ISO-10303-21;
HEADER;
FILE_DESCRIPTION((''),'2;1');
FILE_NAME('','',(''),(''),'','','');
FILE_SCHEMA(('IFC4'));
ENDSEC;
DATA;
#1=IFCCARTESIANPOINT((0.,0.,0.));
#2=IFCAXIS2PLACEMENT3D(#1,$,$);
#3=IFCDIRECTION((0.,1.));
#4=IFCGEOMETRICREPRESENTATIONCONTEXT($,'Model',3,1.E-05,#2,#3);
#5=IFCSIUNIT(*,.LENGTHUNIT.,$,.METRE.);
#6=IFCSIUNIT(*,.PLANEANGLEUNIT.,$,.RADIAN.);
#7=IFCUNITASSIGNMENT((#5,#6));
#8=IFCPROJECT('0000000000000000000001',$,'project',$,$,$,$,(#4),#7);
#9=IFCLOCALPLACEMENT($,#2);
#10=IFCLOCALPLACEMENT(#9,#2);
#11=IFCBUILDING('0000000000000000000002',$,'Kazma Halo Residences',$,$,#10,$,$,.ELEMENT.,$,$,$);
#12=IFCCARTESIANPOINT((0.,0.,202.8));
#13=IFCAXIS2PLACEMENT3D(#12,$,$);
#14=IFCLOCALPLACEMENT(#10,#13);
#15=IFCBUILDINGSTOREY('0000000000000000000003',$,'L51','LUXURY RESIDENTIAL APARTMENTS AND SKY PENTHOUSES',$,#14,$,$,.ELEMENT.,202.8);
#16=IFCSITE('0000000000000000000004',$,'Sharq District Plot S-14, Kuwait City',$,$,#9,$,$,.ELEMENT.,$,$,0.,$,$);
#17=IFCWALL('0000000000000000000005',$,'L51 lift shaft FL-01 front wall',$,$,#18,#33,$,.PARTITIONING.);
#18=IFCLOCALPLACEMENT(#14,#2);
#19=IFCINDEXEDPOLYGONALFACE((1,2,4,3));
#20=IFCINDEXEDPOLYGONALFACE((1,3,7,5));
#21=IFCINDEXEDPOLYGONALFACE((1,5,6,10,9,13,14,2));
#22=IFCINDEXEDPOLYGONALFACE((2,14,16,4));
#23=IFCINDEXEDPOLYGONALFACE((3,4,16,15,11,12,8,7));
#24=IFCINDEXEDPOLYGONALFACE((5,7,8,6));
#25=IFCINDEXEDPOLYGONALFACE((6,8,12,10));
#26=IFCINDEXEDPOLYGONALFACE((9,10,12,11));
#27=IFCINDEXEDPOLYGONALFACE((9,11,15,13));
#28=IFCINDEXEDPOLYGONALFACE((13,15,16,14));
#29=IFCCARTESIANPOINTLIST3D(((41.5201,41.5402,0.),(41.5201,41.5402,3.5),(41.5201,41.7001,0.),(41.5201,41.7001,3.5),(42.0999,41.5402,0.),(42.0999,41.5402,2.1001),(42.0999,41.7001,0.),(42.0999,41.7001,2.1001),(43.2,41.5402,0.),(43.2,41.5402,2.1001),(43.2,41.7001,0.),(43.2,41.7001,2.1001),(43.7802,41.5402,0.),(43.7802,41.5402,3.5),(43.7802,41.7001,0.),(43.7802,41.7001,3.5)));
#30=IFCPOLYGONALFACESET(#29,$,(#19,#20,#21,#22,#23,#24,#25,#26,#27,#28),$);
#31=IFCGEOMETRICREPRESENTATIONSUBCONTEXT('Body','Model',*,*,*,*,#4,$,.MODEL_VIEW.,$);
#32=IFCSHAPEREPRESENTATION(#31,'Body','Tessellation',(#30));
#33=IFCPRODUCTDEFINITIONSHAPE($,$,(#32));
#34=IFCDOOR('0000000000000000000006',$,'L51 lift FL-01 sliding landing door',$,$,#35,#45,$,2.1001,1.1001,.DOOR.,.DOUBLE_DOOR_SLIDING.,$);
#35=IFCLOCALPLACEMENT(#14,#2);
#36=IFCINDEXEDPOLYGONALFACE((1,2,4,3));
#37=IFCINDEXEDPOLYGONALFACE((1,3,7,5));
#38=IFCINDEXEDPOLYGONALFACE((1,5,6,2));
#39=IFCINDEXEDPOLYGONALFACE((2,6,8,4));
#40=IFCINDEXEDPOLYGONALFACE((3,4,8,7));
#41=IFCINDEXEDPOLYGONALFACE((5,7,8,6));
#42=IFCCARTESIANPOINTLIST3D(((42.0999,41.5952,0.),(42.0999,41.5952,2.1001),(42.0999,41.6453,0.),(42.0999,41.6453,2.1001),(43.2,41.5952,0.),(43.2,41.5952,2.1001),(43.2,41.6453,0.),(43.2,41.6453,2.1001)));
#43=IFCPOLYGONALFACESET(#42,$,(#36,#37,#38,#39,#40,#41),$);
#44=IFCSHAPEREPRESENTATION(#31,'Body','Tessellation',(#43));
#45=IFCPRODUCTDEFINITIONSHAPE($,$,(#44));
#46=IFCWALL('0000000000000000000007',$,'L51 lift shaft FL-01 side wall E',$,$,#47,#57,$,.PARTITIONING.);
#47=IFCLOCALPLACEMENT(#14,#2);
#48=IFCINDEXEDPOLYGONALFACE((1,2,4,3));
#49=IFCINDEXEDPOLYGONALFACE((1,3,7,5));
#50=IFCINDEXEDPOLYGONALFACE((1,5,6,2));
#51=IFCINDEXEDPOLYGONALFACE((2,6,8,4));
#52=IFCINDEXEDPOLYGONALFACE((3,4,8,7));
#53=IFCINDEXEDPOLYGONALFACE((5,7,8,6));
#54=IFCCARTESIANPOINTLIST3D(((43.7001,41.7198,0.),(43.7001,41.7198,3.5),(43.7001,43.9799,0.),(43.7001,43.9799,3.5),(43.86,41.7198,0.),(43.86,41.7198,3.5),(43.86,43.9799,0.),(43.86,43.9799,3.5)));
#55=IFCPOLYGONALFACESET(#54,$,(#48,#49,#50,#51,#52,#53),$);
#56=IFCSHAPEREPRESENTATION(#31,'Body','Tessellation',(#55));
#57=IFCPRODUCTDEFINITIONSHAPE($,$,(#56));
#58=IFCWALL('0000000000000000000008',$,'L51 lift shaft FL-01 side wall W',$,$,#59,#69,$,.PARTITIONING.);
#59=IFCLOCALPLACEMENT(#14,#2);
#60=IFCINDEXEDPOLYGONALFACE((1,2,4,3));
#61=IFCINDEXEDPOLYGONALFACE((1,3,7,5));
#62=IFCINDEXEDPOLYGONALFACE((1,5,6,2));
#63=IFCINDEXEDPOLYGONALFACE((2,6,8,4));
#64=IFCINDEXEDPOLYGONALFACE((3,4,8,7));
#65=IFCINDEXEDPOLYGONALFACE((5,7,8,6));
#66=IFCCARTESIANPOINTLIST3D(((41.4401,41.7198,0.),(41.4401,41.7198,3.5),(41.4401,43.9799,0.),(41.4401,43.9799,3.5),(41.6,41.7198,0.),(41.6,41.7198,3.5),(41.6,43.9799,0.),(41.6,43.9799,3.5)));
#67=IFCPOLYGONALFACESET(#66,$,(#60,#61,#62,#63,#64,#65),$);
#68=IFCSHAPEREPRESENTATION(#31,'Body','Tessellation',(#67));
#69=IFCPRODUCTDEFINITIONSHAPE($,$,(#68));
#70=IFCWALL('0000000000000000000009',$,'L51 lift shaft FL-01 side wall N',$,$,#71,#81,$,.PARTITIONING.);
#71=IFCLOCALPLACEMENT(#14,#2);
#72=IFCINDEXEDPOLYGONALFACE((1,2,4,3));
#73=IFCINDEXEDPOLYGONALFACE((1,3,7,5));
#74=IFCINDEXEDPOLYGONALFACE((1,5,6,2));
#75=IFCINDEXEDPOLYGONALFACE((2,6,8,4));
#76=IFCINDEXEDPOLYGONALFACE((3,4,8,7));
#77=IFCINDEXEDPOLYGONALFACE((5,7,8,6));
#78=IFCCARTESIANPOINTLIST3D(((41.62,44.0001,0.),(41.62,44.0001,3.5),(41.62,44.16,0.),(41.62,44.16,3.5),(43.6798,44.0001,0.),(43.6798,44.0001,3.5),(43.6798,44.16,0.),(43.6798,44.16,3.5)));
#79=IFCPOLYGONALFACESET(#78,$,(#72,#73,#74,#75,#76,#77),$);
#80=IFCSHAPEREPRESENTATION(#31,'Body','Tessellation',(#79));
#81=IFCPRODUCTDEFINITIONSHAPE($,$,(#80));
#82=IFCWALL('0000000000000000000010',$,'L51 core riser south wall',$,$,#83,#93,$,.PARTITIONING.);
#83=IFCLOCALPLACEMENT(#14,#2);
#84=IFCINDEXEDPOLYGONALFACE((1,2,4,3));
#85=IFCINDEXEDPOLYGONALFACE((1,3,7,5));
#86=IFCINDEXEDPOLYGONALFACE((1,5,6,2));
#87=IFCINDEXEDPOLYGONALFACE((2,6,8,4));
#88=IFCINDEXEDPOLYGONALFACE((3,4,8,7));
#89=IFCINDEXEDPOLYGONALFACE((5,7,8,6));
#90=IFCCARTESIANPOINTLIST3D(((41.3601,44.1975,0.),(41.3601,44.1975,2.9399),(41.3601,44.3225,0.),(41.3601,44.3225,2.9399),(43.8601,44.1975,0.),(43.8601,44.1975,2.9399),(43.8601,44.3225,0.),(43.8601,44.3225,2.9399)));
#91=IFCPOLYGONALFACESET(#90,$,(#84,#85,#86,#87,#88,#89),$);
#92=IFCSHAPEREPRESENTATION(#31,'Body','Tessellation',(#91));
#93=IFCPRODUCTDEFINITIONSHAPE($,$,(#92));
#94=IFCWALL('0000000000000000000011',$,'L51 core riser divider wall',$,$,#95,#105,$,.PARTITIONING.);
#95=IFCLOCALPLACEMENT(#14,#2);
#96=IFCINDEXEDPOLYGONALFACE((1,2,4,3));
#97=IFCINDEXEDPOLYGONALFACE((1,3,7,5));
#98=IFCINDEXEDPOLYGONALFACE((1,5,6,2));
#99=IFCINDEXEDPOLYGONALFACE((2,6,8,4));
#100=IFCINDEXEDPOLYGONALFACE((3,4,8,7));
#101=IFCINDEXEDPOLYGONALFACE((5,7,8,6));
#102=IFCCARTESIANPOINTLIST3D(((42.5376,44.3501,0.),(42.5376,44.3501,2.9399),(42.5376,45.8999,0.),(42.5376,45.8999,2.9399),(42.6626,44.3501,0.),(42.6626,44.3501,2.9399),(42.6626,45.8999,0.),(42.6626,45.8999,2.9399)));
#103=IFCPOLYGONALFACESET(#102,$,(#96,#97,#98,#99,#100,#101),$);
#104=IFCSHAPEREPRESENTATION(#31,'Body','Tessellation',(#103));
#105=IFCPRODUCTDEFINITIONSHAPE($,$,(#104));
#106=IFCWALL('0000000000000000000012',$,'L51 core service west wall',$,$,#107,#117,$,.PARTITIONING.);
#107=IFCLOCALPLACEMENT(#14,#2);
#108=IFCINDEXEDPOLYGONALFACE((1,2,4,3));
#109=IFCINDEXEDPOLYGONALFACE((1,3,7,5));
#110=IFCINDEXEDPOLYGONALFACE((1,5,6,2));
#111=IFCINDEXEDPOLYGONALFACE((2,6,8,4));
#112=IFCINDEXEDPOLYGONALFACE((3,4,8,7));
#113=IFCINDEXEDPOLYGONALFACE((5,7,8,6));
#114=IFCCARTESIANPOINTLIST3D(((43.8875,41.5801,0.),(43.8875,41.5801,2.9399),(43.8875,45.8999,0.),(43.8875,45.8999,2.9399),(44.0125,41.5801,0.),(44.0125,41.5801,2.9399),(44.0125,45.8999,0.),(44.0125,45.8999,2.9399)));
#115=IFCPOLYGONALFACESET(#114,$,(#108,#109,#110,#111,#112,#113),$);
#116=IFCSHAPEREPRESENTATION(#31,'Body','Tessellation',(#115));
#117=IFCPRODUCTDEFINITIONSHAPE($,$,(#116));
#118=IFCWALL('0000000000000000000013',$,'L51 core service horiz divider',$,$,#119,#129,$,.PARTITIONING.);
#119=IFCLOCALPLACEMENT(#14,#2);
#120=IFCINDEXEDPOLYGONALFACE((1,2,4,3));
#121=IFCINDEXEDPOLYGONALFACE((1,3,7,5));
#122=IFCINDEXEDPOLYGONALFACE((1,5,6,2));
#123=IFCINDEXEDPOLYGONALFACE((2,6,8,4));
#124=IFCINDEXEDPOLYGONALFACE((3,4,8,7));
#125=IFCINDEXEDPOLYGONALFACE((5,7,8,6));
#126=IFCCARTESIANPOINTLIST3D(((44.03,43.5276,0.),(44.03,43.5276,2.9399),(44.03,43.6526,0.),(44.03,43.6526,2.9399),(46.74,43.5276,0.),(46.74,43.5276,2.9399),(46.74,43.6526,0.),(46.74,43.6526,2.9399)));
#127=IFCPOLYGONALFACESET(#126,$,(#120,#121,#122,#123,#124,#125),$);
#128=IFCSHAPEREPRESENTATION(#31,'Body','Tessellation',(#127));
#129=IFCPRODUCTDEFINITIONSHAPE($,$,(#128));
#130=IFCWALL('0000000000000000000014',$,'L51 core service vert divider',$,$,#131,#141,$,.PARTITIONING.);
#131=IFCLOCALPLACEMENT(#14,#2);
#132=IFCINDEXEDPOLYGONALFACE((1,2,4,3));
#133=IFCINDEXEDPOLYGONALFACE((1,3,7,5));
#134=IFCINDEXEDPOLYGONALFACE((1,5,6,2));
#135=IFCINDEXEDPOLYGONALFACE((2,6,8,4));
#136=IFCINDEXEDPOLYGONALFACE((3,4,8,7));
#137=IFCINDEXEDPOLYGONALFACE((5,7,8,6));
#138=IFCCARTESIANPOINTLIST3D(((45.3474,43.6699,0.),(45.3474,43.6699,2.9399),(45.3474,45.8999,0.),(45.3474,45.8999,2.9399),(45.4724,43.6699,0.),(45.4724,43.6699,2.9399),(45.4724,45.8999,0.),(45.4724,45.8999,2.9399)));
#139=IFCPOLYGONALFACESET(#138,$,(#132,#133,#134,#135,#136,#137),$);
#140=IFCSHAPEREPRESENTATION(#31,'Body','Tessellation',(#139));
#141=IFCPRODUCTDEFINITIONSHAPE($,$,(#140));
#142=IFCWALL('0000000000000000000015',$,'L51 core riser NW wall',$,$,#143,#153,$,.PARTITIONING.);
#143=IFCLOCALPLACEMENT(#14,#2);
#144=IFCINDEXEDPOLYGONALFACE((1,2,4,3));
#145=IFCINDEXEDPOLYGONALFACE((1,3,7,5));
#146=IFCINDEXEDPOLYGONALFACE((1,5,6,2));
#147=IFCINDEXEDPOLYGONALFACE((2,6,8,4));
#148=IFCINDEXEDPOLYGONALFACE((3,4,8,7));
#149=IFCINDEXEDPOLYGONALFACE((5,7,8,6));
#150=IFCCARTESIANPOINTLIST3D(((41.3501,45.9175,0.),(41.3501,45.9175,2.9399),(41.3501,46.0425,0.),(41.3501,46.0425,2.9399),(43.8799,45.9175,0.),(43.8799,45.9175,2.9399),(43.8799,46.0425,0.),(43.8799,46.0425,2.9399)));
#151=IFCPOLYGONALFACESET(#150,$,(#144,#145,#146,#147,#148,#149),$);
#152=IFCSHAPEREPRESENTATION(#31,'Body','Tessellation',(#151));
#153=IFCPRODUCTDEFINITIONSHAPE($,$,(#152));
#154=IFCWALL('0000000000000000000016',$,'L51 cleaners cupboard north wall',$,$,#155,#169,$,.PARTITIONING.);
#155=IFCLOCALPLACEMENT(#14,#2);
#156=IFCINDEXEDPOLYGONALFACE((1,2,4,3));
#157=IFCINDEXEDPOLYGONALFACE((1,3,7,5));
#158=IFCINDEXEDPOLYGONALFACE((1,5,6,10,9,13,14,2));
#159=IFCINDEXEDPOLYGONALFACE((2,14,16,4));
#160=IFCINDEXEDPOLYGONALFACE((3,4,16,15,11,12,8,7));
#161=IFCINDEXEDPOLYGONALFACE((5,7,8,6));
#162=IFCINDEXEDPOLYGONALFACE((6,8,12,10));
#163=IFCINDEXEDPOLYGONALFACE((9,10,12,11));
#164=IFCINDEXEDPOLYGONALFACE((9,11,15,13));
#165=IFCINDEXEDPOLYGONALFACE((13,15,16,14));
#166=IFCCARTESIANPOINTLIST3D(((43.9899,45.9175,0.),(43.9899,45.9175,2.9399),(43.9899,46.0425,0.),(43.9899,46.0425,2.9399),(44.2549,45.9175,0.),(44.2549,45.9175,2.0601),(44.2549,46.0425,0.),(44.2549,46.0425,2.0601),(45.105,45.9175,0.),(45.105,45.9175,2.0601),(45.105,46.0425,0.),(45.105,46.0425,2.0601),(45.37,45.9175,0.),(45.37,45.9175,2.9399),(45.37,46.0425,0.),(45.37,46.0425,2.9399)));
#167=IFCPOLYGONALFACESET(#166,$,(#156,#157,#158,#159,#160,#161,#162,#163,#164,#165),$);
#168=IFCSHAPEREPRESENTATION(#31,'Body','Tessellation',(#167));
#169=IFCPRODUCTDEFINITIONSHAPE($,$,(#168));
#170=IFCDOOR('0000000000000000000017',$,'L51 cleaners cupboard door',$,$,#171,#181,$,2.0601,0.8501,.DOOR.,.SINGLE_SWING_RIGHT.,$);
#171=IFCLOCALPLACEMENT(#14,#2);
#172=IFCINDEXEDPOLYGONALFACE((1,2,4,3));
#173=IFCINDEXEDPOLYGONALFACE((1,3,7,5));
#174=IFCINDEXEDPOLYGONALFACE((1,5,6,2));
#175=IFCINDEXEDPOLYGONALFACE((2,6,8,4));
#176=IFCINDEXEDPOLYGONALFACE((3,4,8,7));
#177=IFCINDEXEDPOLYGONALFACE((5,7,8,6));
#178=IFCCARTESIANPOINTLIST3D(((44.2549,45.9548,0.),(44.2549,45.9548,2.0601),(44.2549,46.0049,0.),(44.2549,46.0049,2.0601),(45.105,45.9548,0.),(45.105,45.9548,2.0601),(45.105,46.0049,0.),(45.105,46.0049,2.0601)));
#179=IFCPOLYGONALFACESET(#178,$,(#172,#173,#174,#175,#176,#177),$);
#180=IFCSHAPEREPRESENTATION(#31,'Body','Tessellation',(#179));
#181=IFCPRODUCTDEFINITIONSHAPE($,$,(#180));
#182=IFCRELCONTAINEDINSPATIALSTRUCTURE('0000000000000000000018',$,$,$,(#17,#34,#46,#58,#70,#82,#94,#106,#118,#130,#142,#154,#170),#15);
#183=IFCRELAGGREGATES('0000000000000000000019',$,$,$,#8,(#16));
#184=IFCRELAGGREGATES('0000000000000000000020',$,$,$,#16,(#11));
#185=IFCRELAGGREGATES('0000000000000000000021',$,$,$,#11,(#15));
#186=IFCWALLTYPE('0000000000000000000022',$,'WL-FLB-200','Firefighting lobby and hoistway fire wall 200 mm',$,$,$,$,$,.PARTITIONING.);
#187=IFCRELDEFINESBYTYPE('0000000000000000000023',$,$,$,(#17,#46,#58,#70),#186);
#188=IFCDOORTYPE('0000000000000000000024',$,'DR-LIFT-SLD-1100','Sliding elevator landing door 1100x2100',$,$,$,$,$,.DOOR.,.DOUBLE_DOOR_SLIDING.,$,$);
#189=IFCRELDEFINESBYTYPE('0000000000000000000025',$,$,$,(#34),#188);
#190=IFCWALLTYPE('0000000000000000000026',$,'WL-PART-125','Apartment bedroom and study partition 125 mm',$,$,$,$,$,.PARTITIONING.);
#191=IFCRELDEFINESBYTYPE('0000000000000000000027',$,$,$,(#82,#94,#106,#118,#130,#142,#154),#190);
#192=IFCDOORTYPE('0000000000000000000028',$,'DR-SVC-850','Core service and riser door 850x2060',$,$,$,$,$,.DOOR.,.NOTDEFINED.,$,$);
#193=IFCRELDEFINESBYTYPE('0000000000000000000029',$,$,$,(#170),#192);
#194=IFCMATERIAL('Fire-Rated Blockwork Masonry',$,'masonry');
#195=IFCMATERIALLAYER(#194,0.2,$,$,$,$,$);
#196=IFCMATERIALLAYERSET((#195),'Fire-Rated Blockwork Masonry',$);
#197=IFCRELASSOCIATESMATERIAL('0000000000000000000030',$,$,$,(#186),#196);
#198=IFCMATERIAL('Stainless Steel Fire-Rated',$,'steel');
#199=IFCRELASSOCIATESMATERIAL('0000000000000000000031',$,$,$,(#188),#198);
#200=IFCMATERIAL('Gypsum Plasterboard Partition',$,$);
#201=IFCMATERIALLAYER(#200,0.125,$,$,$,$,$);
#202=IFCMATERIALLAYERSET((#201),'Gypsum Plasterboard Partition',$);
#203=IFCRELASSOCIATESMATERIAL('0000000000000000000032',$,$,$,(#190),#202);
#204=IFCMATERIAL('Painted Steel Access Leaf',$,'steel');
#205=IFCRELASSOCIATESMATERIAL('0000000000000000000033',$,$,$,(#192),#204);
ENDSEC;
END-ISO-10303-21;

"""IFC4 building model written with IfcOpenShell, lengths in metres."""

from ifc_helpers import new_model, si_unit, direction, frame, frame_2d, origin, place, context, subcontext, project, spatial, rectangle, extrude, material, layer, layer_set, type_object, element, fill, save


model = new_model("IFC4")

# Units and contexts
model_context = context("Model", 3, precision=1e-05, world=origin(), true_north=direction((0.0, 1.0)))
body_context = subcontext(model_context, "Body", "Model", "MODEL_VIEW")
ifc_project = project(units=[si_unit("LENGTHUNIT", "METRE"), si_unit("PLANEANGLEUNIT", "RADIAN")], contexts=[model_context])

# Site, building, storey
site_placement = place(None, origin())
site = spatial("IfcSite", under=ifc_project, at=site_placement, Name="Sharq District Plot S-14, Kuwait City", CompositionType="ELEMENT", RefElevation=0.0)
building_placement = place(site_placement, origin())
building = spatial("IfcBuilding", under=site, at=building_placement, Name="Kazma Halo Residences", CompositionType="ELEMENT")
storey_placement = place(building_placement, frame((0.0, 0.0, 202.8)))
storey = spatial("IfcBuildingStorey", under=building, at=storey_placement, Name="L51", Description="LUXURY RESIDENTIAL APARTMENTS AND SKY PENTHOUSES", CompositionType="ELEMENT", Elevation=202.8)

# Wall, opening, door
ifc_material_1 = material(Name="Fire-Rated Blockwork Masonry", Category="masonry")
ifc_layer_1 = layer(ifc_material_1, 0.2)
ifc_layer_set_1 = layer_set([ifc_layer_1], Name="Fire-Rated Blockwork Masonry")
wall_type_1 = type_object("IfcWallType", Name="WL-FLB-200", Description="Firefighting lobby and hoistway fire wall 200 mm", PredefinedType="PARTITIONING", material=ifc_layer_set_1)
ifc_material_2 = material(Name="Stainless Steel Fire-Rated", Category="steel")
door_type_1 = type_object("IfcDoorType", Name="DR-LIFT-SLD-1100", Description="Sliding elevator landing door 1100x2100", OperationType="DOUBLE_DOOR_SLIDING", PredefinedType="DOOR", material=ifc_material_2)
wall_1_placement = place(storey_placement, frame((43.78, 41.6201, 0.0), z_axis=(0.0, 0.0, 1.0), x_axis=(-1.0, 0.0, 0.0)))
wall_1 = element("IfcWall", 1, at=wall_1_placement, inside=storey, type_object=wall_type_1, Name="L51 lift shaft FL-01 front wall", PredefinedType="PARTITIONING", context=body_context, shape_type="SweptSolid", body=[
    extrude(rectangle(XDim=2.26, YDim=0.1599, at=frame_2d((1.1299, 0.0))), origin(), (0.0, 0.0, 1.0), 3.5),
])
opening_1_placement = place(wall_1_placement, frame((0.5801, 0.0, 0.0)))
opening_1 = element("IfcOpeningElement", 2, at=opening_1_placement, cuts=wall_1, PredefinedType="OPENING", context=body_context, shape_type="SweptSolid", body=[
    extrude(rectangle(XDim=1.1001, YDim=2.1001, at=frame_2d((0.55, 1.05))), frame((0.0, 0.0898, 0.0), z_axis=(0.0, -1.0, 0.0), x_axis=(1.0, 0.0, 0.0)), (0.0, 0.0, 1.0), 0.1799),
])
door_1_placement = place(opening_1_placement, origin())
door_1 = element("IfcDoor", 3, at=door_1_placement, inside=storey, type_object=door_type_1, Name="L51 lift FL-01 sliding landing door", OperationType="DOUBLE_DOOR_SLIDING", OverallHeight=2.1001, OverallWidth=1.1001, PredefinedType="DOOR", context=body_context, shape_type="SweptSolid", body=[
    extrude(rectangle(XDim=1.1001, YDim=2.1001, at=frame_2d((0.55, 1.05))), frame((0.0, 0.0249, 0.0), z_axis=(0.0, -1.0, 0.0), x_axis=(1.0, 0.0, 0.0)), (0.0, 0.0, 1.0), 0.05),
])
fill(opening_1, door_1)

# Walls
for number, where, z_axis, x_axis, name in (
    (4, (43.78, 41.72, 0.0), (0.0, 0.0, 1.0), (0.0, 1.0, 0.0), "L51 lift shaft FL-01 side wall E"),
    (5, (41.52, 41.72, 0.0), (0.0, 0.0, 1.0), (0.0, 1.0, 0.0), "L51 lift shaft FL-01 side wall W"),
):
    element("IfcWall", number, at=place(storey_placement, frame(where, z_axis=z_axis, x_axis=x_axis)), inside=storey, type_object=wall_type_1, Name=name, PredefinedType="PARTITIONING", context=body_context, shape_type="SweptSolid", body=[
        extrude(rectangle(XDim=2.26, YDim=0.1599, at=frame_2d((1.1299, 0.0))), origin(), (0.0, 0.0, 1.0), 3.5),
    ])
wall_2_placement = place(storey_placement, frame((41.6201, 44.0801, 0.0), z_axis=(0.0, 0.0, 1.0), x_axis=(1.0, 0.0, 0.0)))
element("IfcWall", 6, at=wall_2_placement, inside=storey, type_object=wall_type_1, Name="L51 lift shaft FL-01 side wall N", PredefinedType="PARTITIONING", context=body_context, shape_type="SweptSolid", body=[
    extrude(rectangle(XDim=2.0598, YDim=0.1599, at=frame_2d((1.0298, 0.0))), origin(), (0.0, 0.0, 1.0), 3.5),
])
ifc_material_3 = material(Name="Gypsum Plasterboard Partition")
ifc_layer_2 = layer(ifc_material_3, 0.125)
ifc_layer_set_2 = layer_set([ifc_layer_2], Name="Gypsum Plasterboard Partition")
wall_type_2 = type_object("IfcWallType", Name="WL-PART-125", Description="Apartment bedroom and study partition 125 mm", PredefinedType="PARTITIONING", material=ifc_layer_set_2)
wall_3_placement = place(storey_placement, frame((41.3601, 44.26, 0.0), z_axis=(0.0, 0.0, 1.0), x_axis=(1.0, 0.0, 0.0)))
element("IfcWall", 7, at=wall_3_placement, inside=storey, type_object=wall_type_2, Name="L51 core riser south wall", PredefinedType="PARTITIONING", context=body_context, shape_type="SweptSolid", body=[
    extrude(rectangle(XDim=2.5, YDim=0.125, at=frame_2d((1.25, 0.0))), origin(), (0.0, 0.0, 1.0), 2.9399),
])
wall_4_placement = place(storey_placement, frame((42.6001, 44.3501, 0.0), z_axis=(0.0, 0.0, 1.0), x_axis=(0.0, 1.0, 0.0)))
element("IfcWall", 8, at=wall_4_placement, inside=storey, type_object=wall_type_2, Name="L51 core riser divider wall", PredefinedType="PARTITIONING", context=body_context, shape_type="SweptSolid", body=[
    extrude(rectangle(XDim=1.5498, YDim=0.125, at=frame_2d((0.7749, 0.0))), origin(), (0.0, 0.0, 1.0), 2.9399),
])
wall_5_placement = place(storey_placement, frame((43.95, 41.5801, 0.0), z_axis=(0.0, 0.0, 1.0), x_axis=(0.0, 1.0, 0.0)))
element("IfcWall", 9, at=wall_5_placement, inside=storey, type_object=wall_type_2, Name="L51 core service west wall", PredefinedType="PARTITIONING", context=body_context, shape_type="SweptSolid", body=[
    extrude(rectangle(XDim=4.3198, YDim=0.125, at=frame_2d((2.1599, 0.0))), origin(), (0.0, 0.0, 1.0), 2.9399),
])
wall_6_placement = place(storey_placement, frame((44.03, 43.5901, 0.0), z_axis=(0.0, 0.0, 1.0), x_axis=(1.0, 0.0, 0.0)))
element("IfcWall", 10, at=wall_6_placement, inside=storey, type_object=wall_type_2, Name="L51 core service horiz divider", PredefinedType="PARTITIONING", context=body_context, shape_type="SweptSolid", body=[
    extrude(rectangle(XDim=2.71, YDim=0.125, at=frame_2d((1.355, 0.0))), origin(), (0.0, 0.0, 1.0), 2.9399),
])
wall_7_placement = place(storey_placement, frame((45.4099, 43.6699, 0.0), z_axis=(0.0, 0.0, 1.0), x_axis=(0.0, 1.0, 0.0)))
element("IfcWall", 11, at=wall_7_placement, inside=storey, type_object=wall_type_2, Name="L51 core service vert divider", PredefinedType="PARTITIONING", context=body_context, shape_type="SweptSolid", body=[
    extrude(rectangle(XDim=2.23, YDim=0.125, at=frame_2d((1.115, 0.0))), origin(), (0.0, 0.0, 1.0), 2.9399),
])
wall_8_placement = place(storey_placement, frame((41.3501, 45.98, 0.0), z_axis=(0.0, 0.0, 1.0), x_axis=(1.0, 0.0, 0.0)))
element("IfcWall", 12, at=wall_8_placement, inside=storey, type_object=wall_type_2, Name="L51 core riser NW wall", PredefinedType="PARTITIONING", context=body_context, shape_type="SweptSolid", body=[
    extrude(rectangle(XDim=2.5298, YDim=0.125, at=frame_2d((1.2649, 0.0))), origin(), (0.0, 0.0, 1.0), 2.9399),
])

# Wall, opening, door
wall_9_placement = place(storey_placement, frame((43.99, 45.98, 0.0), z_axis=(0.0, 0.0, 1.0), x_axis=(1.0, 0.0, 0.0)))
wall_9 = element("IfcWall", 13, at=wall_9_placement, inside=storey, type_object=wall_type_2, Name="L51 cleaners cupboard north wall", PredefinedType="PARTITIONING", context=body_context, shape_type="SweptSolid", body=[
    extrude(rectangle(XDim=1.3801, YDim=0.125, at=frame_2d((0.6899, 0.0))), origin(), (0.0, 0.0, 1.0), 2.9399),
])
opening_2_placement = place(wall_9_placement, frame((0.2649, 0.0, 0.0)))
opening_2 = element("IfcOpeningElement", 14, at=opening_2_placement, cuts=wall_9, PredefinedType="OPENING", context=body_context, shape_type="SweptSolid", body=[
    extrude(rectangle(XDim=0.8501, YDim=2.0601, at=frame_2d((0.425, 1.03))), frame((0.0, 0.0725, 0.0), z_axis=(0.0, -1.0, 0.0), x_axis=(1.0, 0.0, 0.0)), (0.0, 0.0, 1.0), 0.145),
])
ifc_material_4 = material(Name="Painted Steel Access Leaf", Category="steel")
door_type_2 = type_object("IfcDoorType", Name="DR-SVC-850", Description="Core service and riser door 850x2060", OperationType="NOTDEFINED", PredefinedType="DOOR", material=ifc_material_4)
door_2_placement = place(opening_2_placement, origin())
door_2 = element("IfcDoor", 15, at=door_2_placement, inside=storey, type_object=door_type_2, Name="L51 cleaners cupboard door", OperationType="SINGLE_SWING_RIGHT", OverallHeight=2.0601, OverallWidth=0.8501, PredefinedType="DOOR", context=body_context, shape_type="SweptSolid", body=[
    extrude(rectangle(XDim=0.8501, YDim=2.0601, at=frame_2d((0.425, 1.03))), frame((0.0, 0.0249, 0.0), z_axis=(0.0, -1.0, 0.0), x_axis=(1.0, 0.0, 0.0)), (0.0, 0.0, 1.0), 0.05),
])
fill(opening_2, door_2)

save(model, "model.ifc")
